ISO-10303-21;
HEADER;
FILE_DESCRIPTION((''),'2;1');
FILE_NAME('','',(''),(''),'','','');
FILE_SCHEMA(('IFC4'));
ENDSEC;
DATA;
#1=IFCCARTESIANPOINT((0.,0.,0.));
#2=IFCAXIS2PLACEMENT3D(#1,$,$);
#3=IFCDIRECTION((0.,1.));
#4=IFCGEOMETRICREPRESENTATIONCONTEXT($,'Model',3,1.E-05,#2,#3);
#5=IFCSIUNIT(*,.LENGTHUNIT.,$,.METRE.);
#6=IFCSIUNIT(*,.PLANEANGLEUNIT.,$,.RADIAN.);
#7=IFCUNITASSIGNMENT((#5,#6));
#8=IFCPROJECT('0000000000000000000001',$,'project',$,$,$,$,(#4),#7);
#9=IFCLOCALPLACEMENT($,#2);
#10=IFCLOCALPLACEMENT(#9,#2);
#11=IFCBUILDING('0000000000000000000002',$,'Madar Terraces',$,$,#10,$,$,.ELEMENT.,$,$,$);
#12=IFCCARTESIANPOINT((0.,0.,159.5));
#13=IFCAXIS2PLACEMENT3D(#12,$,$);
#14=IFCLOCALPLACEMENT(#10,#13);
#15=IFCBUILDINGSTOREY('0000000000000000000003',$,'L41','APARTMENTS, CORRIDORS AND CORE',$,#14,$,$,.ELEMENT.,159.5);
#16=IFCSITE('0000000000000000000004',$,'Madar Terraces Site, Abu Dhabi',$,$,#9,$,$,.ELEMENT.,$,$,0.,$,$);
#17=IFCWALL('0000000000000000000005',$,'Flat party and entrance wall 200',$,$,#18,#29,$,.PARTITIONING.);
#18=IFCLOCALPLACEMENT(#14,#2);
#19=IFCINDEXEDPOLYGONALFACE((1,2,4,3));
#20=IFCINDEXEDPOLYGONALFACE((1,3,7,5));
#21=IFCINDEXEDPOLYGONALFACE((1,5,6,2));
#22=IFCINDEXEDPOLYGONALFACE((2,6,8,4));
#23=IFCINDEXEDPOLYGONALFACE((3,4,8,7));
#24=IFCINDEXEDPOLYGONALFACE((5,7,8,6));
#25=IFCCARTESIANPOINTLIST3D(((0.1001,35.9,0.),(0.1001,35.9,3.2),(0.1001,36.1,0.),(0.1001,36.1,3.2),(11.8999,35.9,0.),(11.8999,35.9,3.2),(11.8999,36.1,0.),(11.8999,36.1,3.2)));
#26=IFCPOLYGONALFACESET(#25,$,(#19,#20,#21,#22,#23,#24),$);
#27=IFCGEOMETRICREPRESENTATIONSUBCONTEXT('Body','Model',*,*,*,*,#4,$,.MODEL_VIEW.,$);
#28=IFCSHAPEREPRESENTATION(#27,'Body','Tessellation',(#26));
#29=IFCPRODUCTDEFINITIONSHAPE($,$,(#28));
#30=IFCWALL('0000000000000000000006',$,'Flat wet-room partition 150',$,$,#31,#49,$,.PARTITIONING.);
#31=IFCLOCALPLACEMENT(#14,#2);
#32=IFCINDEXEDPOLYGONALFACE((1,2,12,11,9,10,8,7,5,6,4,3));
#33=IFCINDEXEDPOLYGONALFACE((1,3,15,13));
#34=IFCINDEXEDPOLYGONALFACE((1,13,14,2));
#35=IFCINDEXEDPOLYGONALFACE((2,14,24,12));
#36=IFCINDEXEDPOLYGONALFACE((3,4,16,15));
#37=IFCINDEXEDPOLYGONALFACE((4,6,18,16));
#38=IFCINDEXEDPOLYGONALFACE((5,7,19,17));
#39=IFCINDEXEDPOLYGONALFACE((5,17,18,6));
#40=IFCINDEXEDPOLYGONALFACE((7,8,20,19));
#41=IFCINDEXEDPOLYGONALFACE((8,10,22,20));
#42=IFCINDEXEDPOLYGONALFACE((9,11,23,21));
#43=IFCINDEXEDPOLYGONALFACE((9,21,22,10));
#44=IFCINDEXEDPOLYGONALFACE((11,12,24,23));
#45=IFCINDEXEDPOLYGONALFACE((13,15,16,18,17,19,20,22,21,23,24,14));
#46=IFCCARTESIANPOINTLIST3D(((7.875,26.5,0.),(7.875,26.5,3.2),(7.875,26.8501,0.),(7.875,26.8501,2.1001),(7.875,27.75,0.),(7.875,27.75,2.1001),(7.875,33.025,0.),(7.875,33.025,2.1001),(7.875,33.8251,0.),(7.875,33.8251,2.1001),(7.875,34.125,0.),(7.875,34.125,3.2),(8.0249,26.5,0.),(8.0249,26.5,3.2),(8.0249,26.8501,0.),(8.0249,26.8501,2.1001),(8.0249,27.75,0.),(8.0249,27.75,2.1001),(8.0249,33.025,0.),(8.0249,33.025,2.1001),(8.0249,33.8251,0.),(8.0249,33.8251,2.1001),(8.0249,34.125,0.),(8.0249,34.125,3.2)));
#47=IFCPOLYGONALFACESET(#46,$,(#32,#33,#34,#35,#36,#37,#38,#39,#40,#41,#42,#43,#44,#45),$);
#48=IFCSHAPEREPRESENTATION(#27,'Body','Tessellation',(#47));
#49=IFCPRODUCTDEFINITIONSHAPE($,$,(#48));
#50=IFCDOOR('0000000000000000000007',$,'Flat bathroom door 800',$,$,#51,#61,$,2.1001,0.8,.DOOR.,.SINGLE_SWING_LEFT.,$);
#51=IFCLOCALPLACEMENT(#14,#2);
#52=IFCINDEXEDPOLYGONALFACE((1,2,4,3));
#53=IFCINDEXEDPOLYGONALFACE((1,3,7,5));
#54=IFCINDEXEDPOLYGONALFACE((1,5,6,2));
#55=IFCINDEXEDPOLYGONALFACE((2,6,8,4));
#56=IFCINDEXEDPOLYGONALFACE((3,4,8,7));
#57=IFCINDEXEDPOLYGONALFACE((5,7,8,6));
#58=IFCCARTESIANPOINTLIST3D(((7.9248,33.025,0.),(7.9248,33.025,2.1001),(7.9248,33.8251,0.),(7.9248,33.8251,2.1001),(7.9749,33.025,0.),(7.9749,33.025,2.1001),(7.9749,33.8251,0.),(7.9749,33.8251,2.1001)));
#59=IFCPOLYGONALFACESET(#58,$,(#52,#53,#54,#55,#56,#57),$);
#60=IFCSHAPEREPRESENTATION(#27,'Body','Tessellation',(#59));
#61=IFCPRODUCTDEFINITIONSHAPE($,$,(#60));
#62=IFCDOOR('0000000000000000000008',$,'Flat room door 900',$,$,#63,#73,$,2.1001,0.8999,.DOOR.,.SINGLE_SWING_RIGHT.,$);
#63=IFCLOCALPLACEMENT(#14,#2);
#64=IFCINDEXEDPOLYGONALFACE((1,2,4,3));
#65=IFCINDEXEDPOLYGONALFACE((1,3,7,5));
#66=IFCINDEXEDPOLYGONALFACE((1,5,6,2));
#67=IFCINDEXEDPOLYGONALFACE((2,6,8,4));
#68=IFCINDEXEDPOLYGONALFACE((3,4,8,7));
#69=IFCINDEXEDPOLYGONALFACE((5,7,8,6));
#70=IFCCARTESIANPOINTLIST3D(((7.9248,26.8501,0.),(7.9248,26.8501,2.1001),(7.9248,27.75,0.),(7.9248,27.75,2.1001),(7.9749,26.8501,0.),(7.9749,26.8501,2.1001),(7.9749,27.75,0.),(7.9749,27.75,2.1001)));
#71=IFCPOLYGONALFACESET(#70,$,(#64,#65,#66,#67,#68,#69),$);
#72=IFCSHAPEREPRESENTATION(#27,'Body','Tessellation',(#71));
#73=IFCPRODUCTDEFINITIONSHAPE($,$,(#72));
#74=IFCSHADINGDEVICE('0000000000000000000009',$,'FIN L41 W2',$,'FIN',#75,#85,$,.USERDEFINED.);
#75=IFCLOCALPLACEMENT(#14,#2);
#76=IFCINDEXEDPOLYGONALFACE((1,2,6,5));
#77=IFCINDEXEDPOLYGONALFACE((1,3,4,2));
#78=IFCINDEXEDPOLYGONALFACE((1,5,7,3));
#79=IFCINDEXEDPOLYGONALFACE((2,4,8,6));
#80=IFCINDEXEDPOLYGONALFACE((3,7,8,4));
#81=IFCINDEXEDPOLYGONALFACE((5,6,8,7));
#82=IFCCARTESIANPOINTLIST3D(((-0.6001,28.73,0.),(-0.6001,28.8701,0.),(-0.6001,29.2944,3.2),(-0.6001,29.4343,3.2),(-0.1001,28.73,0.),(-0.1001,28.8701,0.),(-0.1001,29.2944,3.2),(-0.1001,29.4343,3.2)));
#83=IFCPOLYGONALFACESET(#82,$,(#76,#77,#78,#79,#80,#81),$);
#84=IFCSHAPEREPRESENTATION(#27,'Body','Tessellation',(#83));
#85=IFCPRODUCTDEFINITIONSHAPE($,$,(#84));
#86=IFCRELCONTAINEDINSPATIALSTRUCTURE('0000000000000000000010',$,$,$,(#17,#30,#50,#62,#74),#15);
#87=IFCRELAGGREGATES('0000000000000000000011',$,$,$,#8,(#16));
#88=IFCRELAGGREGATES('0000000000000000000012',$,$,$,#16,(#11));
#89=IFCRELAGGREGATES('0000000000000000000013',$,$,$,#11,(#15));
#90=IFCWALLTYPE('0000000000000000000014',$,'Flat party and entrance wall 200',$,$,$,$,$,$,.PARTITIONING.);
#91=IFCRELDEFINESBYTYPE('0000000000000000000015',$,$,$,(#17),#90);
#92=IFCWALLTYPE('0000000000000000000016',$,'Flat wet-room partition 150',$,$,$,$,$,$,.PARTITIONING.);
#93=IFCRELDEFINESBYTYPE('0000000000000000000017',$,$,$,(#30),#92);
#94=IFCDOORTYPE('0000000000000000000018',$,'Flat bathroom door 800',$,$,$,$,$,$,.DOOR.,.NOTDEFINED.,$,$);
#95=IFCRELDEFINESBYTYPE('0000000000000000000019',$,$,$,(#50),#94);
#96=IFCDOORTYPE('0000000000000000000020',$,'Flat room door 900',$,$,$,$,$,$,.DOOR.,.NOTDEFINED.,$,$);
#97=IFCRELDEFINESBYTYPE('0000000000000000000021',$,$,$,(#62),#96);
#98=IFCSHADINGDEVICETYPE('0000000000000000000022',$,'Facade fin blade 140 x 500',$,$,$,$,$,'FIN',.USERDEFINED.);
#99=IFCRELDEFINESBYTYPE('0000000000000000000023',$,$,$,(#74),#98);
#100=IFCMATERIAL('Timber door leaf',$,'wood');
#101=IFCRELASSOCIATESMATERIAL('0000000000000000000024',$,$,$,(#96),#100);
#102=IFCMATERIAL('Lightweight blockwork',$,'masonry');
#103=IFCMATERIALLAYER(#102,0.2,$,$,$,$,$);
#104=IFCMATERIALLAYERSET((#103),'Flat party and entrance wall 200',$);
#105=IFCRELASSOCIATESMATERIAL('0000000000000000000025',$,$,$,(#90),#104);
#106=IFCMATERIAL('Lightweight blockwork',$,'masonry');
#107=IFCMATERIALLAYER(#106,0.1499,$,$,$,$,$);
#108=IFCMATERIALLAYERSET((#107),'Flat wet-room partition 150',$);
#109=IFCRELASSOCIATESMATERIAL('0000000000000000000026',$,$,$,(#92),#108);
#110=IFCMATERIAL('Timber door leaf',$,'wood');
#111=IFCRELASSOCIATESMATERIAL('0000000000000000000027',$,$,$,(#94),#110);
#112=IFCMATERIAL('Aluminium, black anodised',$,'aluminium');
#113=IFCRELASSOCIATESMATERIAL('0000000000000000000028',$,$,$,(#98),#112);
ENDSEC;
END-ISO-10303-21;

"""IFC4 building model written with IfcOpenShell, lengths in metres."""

from ifc_helpers import new_model, si_unit, direction, frame, frame_2d, origin, place, context, subcontext, project, spatial, polyline, rectangle, outline, extrude, material, layer, layer_set, type_object, element, fill, save


model = new_model("IFC4")

# Units and contexts
model_context = context("Model", 3, precision=1e-05, world=origin(), true_north=direction((0.0, 1.0)))
body_context = subcontext(model_context, "Body", "Model", "MODEL_VIEW")
ifc_project = project(units=[si_unit("LENGTHUNIT", "METRE"), si_unit("PLANEANGLEUNIT", "RADIAN")], contexts=[model_context])

# Site, building, storey
site_placement = place(None, origin())
site = spatial("IfcSite", under=ifc_project, at=site_placement, Name="Madar Terraces Site, Abu Dhabi", CompositionType="ELEMENT", RefElevation=0.0)
building_placement = place(site_placement, origin())
building = spatial("IfcBuilding", under=site, at=building_placement, Name="Madar Terraces", CompositionType="ELEMENT")
storey_placement = place(building_placement, frame((0.0, 0.0, 159.5)))
storey = spatial("IfcBuildingStorey", under=building, at=storey_placement, Name="L41", Description="APARTMENTS, CORRIDORS AND CORE", CompositionType="ELEMENT", Elevation=159.5)

# Shared definitions
ifc_material_1 = material(Name="Timber door leaf", Category="wood")
door_type_1 = type_object("IfcDoorType", Name="Flat room door 900", OperationType="NOTDEFINED", PredefinedType="DOOR", material=ifc_material_1)

# Wall
ifc_material_2 = material(Name="Lightweight blockwork", Category="masonry")
ifc_layer_1 = layer(ifc_material_2, 0.2)
ifc_layer_set_1 = layer_set([ifc_layer_1], Name="Flat party and entrance wall 200")
wall_type_1 = type_object("IfcWallType", Name="Flat party and entrance wall 200", PredefinedType="PARTITIONING", material=ifc_layer_set_1)
wall_1_placement = place(storey_placement, frame((0.1001, 36.0, 0.0), z_axis=(0.0, 0.0, 1.0), x_axis=(1.0, 0.0, 0.0)))
element("IfcWall", 1, at=wall_1_placement, inside=storey, type_object=wall_type_1, Name="Flat party and entrance wall 200", PredefinedType="PARTITIONING", context=body_context, shape_type="SweptSolid", body=[
    extrude(rectangle(XDim=11.7998, YDim=0.2, at=frame_2d((5.8999, 0.0))), origin(), (0.0, 0.0, 1.0), 3.2),
])

# Wall, openings, doors
ifc_material_3 = material(Name="Lightweight blockwork", Category="masonry")
ifc_layer_2 = layer(ifc_material_3, 0.1499)
ifc_layer_set_2 = layer_set([ifc_layer_2], Name="Flat wet-room partition 150")
wall_type_2 = type_object("IfcWallType", Name="Flat wet-room partition 150", PredefinedType="PARTITIONING", material=ifc_layer_set_2)
wall_2_placement = place(storey_placement, frame((7.95, 34.125, 0.0), z_axis=(0.0, 0.0, 1.0), x_axis=(0.0, -1.0, 0.0)))
wall_2 = element("IfcWall", 2, at=wall_2_placement, inside=storey, type_object=wall_type_2, Name="Flat wet-room partition 150", PredefinedType="PARTITIONING", context=body_context, shape_type="SweptSolid", body=[
    extrude(rectangle(XDim=7.625, YDim=0.1499, at=frame_2d((3.8125, 0.0))), origin(), (0.0, 0.0, 1.0), 3.2),
])
opening_1_placement = place(wall_2_placement, frame((0.3, 0.0, 0.0)))
opening_1 = element("IfcOpeningElement", 3, at=opening_1_placement, cuts=wall_2, PredefinedType="OPENING", context=body_context, shape_type="SweptSolid", body=[
    extrude(rectangle(XDim=0.8, YDim=2.1001, at=frame_2d((0.3999, 1.05))), frame((0.0, 0.085, 0.0), z_axis=(0.0, -1.0, 0.0), x_axis=(1.0, 0.0, 0.0)), (0.0, 0.0, 1.0), 0.1699),
])
opening_2_placement = place(wall_2_placement, frame((6.375, 0.0, 0.0)))
opening_2 = element("IfcOpeningElement", 4, at=opening_2_placement, cuts=wall_2, PredefinedType="OPENING", context=body_context, shape_type="SweptSolid", body=[
    extrude(rectangle(XDim=0.8999, YDim=2.1001, at=frame_2d((0.45, 1.05))), frame((0.0, 0.085, 0.0), z_axis=(0.0, -1.0, 0.0), x_axis=(1.0, 0.0, 0.0)), (0.0, 0.0, 1.0), 0.1699),
])
ifc_material_4 = material(Name="Timber door leaf", Category="wood")
door_type_2 = type_object("IfcDoorType", Name="Flat bathroom door 800", OperationType="NOTDEFINED", PredefinedType="DOOR", material=ifc_material_4)
door_1_placement = place(opening_1_placement, origin())
door_1 = element("IfcDoor", 5, at=door_1_placement, inside=storey, type_object=door_type_2, Name="Flat bathroom door 800", OperationType="SINGLE_SWING_LEFT", OverallHeight=2.1001, OverallWidth=0.8, PredefinedType="DOOR", context=body_context, shape_type="SweptSolid", body=[
    extrude(rectangle(XDim=0.8, YDim=2.1001, at=frame_2d((0.3999, 1.05))), frame((0.0, 0.0249, 0.0), z_axis=(0.0, -1.0, 0.0), x_axis=(1.0, 0.0, 0.0)), (0.0, 0.0, 1.0), 0.05),
])
fill(opening_1, door_1)
door_2_placement = place(opening_2_placement, origin())
door_2 = element("IfcDoor", 6, at=door_2_placement, inside=storey, type_object=door_type_1, Name="Flat room door 900", OperationType="SINGLE_SWING_RIGHT", OverallHeight=2.1001, OverallWidth=0.8999, PredefinedType="DOOR", context=body_context, shape_type="SweptSolid", body=[
    extrude(rectangle(XDim=0.8999, YDim=2.1001, at=frame_2d((0.45, 1.05))), frame((0.0, 0.0249, 0.0), z_axis=(0.0, -1.0, 0.0), x_axis=(1.0, 0.0, 0.0)), (0.0, 0.0, 1.0), 0.05),
])
fill(opening_2, door_2)

# Shading device
ifc_material_5 = material(Name="Aluminium, black anodised", Category="aluminium")
shading_device_type = type_object("IfcShadingDeviceType", Name="Facade fin blade 140 x 500", ElementType="FIN", PredefinedType="USERDEFINED", material=ifc_material_5)
shading_device_placement = place(storey_placement, frame((-0.3501, 28.8701, 0.0), z_axis=(0.0, 0.0, 1.0), x_axis=(0.0, -1.0, 0.0)))
element("IfcShadingDevice", 7, at=shading_device_placement, inside=storey, type_object=shading_device_type, Name="FIN L41 W2", ObjectType="FIN", PredefinedType="USERDEFINED", context=body_context, shape_type="SweptSolid", body=[
    extrude(outline(polyline([(0.0, 0.0), (0.1401, 0.0), (-0.4243, 3.2), (-0.5642, 3.2), (0.0, 0.0)])), frame((0.0, 0.25, 0.0), z_axis=(0.0, -1.0, 0.0), x_axis=(1.0, 0.0, 0.0)), (0.0, 0.0, 1.0), 0.5),
])

save(model, "model.ifc")
